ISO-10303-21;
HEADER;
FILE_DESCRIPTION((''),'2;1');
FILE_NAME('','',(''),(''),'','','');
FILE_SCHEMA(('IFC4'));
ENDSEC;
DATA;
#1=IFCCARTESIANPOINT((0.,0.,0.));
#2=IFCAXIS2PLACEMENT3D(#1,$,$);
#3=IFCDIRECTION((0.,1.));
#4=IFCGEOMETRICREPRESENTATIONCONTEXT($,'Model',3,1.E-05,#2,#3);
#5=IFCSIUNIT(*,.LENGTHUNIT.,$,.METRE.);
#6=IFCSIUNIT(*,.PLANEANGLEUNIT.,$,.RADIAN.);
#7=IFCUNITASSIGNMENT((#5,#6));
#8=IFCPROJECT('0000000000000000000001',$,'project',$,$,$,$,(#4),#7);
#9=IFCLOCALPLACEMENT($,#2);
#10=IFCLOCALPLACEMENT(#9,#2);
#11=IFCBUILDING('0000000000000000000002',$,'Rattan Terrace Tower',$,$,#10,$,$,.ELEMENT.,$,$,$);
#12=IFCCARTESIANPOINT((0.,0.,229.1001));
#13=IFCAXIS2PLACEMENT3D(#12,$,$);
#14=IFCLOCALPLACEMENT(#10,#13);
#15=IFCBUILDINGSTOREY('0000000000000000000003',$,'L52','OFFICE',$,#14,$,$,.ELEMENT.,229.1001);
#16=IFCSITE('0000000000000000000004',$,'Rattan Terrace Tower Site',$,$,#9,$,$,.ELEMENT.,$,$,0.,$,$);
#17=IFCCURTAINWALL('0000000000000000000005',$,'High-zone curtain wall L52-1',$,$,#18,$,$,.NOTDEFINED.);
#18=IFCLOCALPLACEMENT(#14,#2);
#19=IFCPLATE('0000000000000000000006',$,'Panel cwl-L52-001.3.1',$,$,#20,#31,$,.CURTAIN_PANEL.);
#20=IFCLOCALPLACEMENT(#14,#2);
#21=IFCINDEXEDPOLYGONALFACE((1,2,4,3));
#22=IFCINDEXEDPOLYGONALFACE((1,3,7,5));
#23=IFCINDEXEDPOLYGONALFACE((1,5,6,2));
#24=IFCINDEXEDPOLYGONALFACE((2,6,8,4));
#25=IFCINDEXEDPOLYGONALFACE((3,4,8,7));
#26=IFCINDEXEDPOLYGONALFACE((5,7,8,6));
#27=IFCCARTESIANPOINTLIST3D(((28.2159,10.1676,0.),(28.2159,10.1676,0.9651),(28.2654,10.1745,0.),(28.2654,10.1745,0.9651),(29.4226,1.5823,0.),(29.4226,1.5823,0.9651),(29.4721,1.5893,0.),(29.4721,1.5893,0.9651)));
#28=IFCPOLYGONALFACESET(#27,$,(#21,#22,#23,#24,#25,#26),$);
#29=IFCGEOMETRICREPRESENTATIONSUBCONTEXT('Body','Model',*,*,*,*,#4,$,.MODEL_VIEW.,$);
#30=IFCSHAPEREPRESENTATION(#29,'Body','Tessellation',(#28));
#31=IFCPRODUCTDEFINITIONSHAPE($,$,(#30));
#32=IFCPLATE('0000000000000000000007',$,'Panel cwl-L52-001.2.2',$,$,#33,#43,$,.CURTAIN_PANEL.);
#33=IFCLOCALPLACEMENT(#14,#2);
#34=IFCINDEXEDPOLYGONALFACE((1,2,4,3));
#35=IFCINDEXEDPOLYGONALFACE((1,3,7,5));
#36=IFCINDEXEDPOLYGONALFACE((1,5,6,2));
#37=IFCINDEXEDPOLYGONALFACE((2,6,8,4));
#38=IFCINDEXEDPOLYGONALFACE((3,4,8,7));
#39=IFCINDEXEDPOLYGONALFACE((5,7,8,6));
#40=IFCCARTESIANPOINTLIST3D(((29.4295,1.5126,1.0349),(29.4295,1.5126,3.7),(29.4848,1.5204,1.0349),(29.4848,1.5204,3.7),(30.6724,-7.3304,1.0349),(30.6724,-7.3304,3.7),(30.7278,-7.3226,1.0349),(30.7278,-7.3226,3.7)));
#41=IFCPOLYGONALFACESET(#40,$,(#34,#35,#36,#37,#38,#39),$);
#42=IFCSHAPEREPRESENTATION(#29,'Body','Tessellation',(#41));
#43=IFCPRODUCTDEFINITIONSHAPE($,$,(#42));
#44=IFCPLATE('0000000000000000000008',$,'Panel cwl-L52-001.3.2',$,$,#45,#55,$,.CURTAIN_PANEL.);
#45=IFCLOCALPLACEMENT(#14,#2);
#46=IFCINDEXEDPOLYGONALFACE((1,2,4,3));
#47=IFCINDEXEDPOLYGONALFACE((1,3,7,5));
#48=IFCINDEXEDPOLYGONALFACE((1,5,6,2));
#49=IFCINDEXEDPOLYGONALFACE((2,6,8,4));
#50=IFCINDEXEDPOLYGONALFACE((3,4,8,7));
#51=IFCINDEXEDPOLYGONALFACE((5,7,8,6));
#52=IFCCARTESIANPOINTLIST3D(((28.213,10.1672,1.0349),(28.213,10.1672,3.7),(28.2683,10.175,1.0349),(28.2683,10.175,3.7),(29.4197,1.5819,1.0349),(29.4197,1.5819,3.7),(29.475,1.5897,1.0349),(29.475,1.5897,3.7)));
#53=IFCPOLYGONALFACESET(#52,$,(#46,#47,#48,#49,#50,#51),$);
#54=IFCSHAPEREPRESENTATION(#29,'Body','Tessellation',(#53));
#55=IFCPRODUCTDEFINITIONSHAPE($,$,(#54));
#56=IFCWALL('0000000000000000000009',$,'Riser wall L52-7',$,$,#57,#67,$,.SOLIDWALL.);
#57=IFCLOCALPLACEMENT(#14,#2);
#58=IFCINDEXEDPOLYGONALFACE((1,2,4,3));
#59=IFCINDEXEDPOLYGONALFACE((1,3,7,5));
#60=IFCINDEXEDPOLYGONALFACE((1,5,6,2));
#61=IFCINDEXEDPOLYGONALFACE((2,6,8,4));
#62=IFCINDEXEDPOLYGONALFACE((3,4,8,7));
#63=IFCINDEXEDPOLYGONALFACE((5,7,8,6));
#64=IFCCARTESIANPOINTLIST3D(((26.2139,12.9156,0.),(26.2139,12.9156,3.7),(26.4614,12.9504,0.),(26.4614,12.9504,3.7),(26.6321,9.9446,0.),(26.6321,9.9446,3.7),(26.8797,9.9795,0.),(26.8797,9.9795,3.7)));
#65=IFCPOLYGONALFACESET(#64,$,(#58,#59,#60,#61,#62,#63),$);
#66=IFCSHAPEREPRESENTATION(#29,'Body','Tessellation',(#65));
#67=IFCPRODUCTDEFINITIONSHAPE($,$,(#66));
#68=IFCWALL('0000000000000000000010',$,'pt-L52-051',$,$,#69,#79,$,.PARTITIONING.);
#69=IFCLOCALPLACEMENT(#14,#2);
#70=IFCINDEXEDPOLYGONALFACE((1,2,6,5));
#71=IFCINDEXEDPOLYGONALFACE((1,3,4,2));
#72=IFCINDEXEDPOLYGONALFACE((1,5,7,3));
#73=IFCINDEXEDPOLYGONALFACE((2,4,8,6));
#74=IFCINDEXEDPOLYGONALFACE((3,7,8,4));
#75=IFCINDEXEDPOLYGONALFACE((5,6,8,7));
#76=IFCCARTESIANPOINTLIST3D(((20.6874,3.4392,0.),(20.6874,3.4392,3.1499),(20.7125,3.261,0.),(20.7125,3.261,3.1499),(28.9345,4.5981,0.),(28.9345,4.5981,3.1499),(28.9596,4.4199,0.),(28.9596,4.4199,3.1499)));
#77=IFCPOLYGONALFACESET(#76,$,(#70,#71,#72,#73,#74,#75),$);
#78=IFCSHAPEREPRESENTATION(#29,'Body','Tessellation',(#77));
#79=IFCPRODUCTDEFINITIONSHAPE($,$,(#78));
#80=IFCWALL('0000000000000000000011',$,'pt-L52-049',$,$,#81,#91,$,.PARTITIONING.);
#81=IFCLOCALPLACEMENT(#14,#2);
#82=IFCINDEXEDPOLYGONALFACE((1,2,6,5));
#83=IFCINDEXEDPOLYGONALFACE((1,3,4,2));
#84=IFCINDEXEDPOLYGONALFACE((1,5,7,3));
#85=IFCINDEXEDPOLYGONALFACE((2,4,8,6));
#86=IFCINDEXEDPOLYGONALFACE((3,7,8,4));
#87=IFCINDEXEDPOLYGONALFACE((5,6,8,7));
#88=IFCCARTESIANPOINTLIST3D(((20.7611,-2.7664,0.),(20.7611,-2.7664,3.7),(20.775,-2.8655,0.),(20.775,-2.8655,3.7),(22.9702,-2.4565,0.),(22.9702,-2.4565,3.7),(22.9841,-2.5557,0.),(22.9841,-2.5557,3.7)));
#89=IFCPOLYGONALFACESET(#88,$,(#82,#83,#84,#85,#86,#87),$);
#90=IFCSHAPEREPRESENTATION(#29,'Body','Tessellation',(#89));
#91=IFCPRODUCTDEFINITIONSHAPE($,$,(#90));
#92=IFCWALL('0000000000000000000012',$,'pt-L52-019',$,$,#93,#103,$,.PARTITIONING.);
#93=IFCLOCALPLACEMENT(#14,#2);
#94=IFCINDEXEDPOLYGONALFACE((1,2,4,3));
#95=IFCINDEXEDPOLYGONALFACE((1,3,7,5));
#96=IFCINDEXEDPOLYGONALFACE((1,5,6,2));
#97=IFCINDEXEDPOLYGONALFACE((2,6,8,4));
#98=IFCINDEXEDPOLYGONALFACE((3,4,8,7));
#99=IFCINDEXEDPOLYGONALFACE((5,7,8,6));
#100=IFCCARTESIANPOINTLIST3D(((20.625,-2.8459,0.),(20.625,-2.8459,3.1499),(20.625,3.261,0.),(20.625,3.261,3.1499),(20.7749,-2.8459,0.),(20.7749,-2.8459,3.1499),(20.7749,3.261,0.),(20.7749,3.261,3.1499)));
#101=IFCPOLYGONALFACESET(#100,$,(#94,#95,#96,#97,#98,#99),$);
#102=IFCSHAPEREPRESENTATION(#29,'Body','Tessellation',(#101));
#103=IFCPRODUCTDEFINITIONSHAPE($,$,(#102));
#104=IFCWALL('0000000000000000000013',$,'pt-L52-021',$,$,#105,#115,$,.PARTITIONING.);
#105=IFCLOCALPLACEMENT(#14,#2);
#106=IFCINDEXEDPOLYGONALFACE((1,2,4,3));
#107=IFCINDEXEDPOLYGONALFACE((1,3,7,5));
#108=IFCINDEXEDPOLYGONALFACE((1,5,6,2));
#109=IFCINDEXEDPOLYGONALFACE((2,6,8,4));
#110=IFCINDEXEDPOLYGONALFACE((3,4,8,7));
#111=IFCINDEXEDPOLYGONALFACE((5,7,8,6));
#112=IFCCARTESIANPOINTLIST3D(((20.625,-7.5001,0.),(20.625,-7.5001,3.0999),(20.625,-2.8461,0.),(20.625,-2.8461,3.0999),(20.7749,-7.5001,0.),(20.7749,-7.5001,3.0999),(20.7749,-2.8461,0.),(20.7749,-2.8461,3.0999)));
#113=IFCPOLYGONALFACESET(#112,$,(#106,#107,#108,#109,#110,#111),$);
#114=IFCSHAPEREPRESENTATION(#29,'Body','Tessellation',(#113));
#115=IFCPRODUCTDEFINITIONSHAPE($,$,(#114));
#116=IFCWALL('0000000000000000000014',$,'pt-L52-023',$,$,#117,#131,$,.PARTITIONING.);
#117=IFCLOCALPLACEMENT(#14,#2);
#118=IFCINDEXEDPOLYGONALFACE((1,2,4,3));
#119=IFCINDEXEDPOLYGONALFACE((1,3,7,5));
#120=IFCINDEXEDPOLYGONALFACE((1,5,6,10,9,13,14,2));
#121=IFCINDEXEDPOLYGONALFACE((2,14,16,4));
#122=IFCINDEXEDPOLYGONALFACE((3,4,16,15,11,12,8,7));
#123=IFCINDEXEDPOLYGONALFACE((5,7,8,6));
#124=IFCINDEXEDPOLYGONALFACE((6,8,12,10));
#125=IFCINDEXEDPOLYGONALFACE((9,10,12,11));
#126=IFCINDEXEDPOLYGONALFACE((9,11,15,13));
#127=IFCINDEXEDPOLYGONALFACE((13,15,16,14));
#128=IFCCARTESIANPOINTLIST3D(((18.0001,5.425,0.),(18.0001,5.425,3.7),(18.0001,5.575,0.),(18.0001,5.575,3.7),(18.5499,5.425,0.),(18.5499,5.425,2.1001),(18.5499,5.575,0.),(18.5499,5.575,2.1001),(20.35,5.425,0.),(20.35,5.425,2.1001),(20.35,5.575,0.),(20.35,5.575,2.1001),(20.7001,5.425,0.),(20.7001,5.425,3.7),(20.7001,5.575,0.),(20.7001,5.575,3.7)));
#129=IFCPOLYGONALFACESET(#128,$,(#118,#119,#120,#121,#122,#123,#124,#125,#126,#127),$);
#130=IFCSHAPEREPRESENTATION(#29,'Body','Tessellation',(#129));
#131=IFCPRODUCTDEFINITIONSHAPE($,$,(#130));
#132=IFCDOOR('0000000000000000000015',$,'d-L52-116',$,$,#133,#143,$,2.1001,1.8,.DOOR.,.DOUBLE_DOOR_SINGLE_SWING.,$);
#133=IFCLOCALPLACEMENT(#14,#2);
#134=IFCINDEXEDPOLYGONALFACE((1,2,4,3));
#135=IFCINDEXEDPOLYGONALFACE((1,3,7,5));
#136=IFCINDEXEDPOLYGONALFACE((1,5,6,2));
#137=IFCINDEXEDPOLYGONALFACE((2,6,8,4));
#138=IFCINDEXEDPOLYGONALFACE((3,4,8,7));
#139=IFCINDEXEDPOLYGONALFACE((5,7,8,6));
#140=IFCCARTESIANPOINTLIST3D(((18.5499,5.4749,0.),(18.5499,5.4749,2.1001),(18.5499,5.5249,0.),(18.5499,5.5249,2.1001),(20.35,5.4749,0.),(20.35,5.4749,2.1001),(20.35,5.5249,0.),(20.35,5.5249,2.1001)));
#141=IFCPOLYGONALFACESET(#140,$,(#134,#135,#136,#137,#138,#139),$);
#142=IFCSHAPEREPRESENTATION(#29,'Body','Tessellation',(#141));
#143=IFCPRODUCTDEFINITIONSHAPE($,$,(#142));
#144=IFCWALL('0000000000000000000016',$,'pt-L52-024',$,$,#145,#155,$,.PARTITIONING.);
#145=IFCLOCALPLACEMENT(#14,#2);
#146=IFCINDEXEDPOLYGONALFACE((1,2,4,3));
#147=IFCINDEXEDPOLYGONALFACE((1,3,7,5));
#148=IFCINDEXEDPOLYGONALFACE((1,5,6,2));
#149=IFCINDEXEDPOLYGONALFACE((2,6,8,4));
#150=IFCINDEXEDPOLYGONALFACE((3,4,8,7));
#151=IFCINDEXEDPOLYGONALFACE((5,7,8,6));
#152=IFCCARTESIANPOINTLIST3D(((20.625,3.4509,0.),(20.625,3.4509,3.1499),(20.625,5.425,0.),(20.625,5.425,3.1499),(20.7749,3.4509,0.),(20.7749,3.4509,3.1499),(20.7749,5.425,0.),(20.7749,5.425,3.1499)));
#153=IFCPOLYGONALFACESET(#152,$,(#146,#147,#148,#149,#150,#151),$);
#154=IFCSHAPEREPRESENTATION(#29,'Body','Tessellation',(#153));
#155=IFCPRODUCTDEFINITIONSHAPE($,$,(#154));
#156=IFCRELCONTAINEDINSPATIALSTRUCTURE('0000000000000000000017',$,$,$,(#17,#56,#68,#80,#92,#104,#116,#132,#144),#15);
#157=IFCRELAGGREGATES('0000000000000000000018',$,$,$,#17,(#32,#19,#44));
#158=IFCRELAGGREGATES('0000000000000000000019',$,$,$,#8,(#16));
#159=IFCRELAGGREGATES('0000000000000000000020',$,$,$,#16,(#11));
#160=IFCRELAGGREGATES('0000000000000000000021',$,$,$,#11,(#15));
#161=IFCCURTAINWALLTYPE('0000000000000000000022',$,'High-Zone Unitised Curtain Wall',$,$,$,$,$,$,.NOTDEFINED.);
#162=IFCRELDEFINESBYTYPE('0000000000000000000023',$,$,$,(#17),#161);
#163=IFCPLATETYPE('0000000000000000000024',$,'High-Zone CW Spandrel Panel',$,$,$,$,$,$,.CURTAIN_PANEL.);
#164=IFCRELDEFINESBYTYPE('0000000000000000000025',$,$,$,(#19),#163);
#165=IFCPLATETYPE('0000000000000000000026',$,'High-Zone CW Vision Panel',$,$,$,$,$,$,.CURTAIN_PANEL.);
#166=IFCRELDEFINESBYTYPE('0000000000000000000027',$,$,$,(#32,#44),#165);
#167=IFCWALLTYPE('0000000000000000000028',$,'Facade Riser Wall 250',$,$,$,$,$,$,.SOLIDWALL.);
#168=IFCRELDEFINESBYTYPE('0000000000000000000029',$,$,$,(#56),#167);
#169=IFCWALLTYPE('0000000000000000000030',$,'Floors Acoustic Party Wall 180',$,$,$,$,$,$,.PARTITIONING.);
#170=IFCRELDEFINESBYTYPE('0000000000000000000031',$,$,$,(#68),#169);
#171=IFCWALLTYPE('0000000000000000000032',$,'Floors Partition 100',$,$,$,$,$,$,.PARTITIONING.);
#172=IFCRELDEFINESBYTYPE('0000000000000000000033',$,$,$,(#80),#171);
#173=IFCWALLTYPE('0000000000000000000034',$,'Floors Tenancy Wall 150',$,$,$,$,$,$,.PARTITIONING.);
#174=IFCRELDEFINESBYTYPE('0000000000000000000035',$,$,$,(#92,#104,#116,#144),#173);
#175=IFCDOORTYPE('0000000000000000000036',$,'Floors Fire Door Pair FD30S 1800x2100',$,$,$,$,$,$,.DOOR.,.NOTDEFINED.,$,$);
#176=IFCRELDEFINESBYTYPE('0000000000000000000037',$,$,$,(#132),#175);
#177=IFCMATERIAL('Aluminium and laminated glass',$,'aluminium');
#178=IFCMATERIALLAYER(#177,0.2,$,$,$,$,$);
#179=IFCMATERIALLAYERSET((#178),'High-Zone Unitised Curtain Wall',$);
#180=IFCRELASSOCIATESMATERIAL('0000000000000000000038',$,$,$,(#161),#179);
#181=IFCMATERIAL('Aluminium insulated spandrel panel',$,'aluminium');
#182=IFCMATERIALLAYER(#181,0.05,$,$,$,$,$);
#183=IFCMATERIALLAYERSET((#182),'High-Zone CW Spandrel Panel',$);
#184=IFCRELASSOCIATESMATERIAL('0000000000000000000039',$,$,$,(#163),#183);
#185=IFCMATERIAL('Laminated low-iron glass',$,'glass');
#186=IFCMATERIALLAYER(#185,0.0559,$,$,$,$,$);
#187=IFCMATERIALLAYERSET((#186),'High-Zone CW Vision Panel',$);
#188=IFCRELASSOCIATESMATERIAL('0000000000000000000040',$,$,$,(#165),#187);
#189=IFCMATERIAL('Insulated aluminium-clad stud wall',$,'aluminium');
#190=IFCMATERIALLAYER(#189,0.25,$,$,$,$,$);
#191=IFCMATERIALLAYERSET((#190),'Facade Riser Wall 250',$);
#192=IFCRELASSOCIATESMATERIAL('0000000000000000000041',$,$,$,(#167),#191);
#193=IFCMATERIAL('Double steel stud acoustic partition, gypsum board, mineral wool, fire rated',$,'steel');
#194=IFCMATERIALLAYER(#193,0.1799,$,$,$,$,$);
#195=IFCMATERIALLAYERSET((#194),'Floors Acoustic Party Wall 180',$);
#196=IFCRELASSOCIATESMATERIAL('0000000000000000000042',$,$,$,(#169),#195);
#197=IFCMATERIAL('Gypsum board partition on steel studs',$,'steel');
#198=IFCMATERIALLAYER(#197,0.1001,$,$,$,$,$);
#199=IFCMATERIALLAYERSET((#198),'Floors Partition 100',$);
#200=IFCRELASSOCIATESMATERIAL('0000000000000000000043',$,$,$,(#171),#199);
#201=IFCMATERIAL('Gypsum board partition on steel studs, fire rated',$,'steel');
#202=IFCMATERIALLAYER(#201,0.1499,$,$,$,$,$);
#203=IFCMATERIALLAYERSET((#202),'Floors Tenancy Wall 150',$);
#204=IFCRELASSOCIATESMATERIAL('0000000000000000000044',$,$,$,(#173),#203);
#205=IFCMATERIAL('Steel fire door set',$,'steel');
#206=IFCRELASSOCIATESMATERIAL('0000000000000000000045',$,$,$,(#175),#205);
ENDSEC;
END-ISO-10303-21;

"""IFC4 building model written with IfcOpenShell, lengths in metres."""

from ifc_helpers import new_model, si_unit, direction, frame, frame_2d, origin, origin_2d, place, context, subcontext, project, spatial, rectangle, extrude, material, layer, layer_set, type_object, element, fill, aggregate, save


model = new_model("IFC4")

# Units and contexts
model_context = context("Model", 3, precision=1e-05, world=origin(), true_north=direction((0.0, 1.0)))
body_context = subcontext(model_context, "Body", "Model", "MODEL_VIEW")
ifc_project = project(units=[si_unit("LENGTHUNIT", "METRE"), si_unit("PLANEANGLEUNIT", "RADIAN")], contexts=[model_context])

# Site, building, storey
site_placement = place(None, origin())
site = spatial("IfcSite", under=ifc_project, at=site_placement, Name="Rattan Terrace Tower Site", CompositionType="ELEMENT", RefElevation=0.0)
building_placement = place(site_placement, origin())
building = spatial("IfcBuilding", under=site, at=building_placement, Name="Rattan Terrace Tower", CompositionType="ELEMENT")
storey_placement = place(building_placement, frame((0.0, 0.0, 229.1001)))
storey = spatial("IfcBuildingStorey", under=building, at=storey_placement, Name="L52", Description="OFFICE", CompositionType="ELEMENT", Elevation=229.1001)

# Curtain wall, plates
ifc_material_1 = material(Name="Aluminium and laminated glass", Category="aluminium")
ifc_layer_1 = layer(ifc_material_1, 0.2)
ifc_layer_set_1 = layer_set([ifc_layer_1], Name="High-Zone Unitised Curtain Wall")
curtain_wall_type = type_object("IfcCurtainWallType", Name="High-Zone Unitised Curtain Wall", PredefinedType="NOTDEFINED", material=ifc_layer_set_1)
curtain_wall_placement = place(storey_placement, origin())
curtain_wall = element("IfcCurtainWall", 1, at=curtain_wall_placement, inside=storey, type_object=curtain_wall_type, Name="High-zone curtain wall L52-1", PredefinedType="NOTDEFINED")
ifc_material_2 = material(Name="Aluminium insulated spandrel panel", Category="aluminium")
ifc_layer_2 = layer(ifc_material_2, 0.05)
ifc_layer_set_2 = layer_set([ifc_layer_2], Name="High-Zone CW Spandrel Panel")
plate_type_1 = type_object("IfcPlateType", Name="High-Zone CW Spandrel Panel", PredefinedType="CURTAIN_PANEL", material=ifc_layer_set_2)
plate_1_placement = place(storey_placement, frame((28.844, 5.8784, 0.0), z_axis=(0.0, 0.0, 1.0), x_axis=(-0.139186, 0.990266, 0.0)))
plate_1 = element("IfcPlate", 2, at=plate_1_placement, type_object=plate_type_1, Name="Panel cwl-L52-001.3.1", PredefinedType="CURTAIN_PANEL", context=body_context, shape_type="SweptSolid", body=[
    extrude(rectangle(XDim=8.6697, YDim=0.05, at=origin_2d()), origin(), (0.0, 0.0, 1.0), 0.9651),
])
ifc_material_3 = material(Name="Laminated low-iron glass", Category="glass")
ifc_layer_3 = layer(ifc_material_3, 0.0559)
ifc_layer_set_3 = layer_set([ifc_layer_3], Name="High-Zone CW Vision Panel")
plate_type_2 = type_object("IfcPlateType", Name="High-Zone CW Vision Panel", PredefinedType="CURTAIN_PANEL", material=ifc_layer_set_3)
plate_2_placement = place(storey_placement, frame((30.0786, -2.905, 1.0349), z_axis=(0.0, 0.0, 1.0), x_axis=(-0.139186, 0.990266, 0.0)))
plate_2 = element("IfcPlate", 3, at=plate_2_placement, type_object=plate_type_2, Name="Panel cwl-L52-001.2.2", PredefinedType="CURTAIN_PANEL", context=body_context, shape_type="SweptSolid", body=[
    extrude(rectangle(XDim=8.9299, YDim=0.0559, at=origin_2d()), origin(), (0.0, 0.0, 1.0), 2.665),
])
plate_3_placement = place(storey_placement, frame((28.844, 5.8784, 1.0349), z_axis=(0.0, 0.0, 1.0), x_axis=(-0.139186, 0.990266, 0.0)))
plate_3 = element("IfcPlate", 4, at=plate_3_placement, type_object=plate_type_2, Name="Panel cwl-L52-001.3.2", PredefinedType="CURTAIN_PANEL", context=body_context, shape_type="SweptSolid", body=[
    extrude(rectangle(XDim=8.6697, YDim=0.0559, at=origin_2d()), origin(), (0.0, 0.0, 1.0), 2.665),
])
aggregate(curtain_wall, [plate_2, plate_1, plate_3])

# Walls
ifc_material_4 = material(Name="Insulated aluminium-clad stud wall", Category="aluminium")
ifc_layer_4 = layer(ifc_material_4, 0.25)
ifc_layer_set_4 = layer_set([ifc_layer_4], Name="Facade Riser Wall 250")
wall_type_1 = type_object("IfcWallType", Name="Facade Riser Wall 250", PredefinedType="SOLIDWALL", material=ifc_layer_set_4)
wall_1_placement = place(storey_placement, frame((26.7559, 9.9622, 0.0), z_axis=(0.0, 0.0, 1.0), x_axis=(-0.139393, 0.990237, 0.0)))
element("IfcWall", 5, at=wall_1_placement, inside=storey, type_object=wall_type_1, Name="Riser wall L52-7", PredefinedType="SOLIDWALL", context=body_context, shape_type="SweptSolid", body=[
    extrude(rectangle(XDim=3.0002, YDim=0.25, at=frame_2d((1.5, 0.0))), origin(), (0.0, 0.0, 1.0), 3.7),
])
ifc_material_5 = material(Name="Double steel stud acoustic partition, gypsum board, mineral wool, fire rated", Category="steel")
ifc_layer_5 = layer(ifc_material_5, 0.1799)
ifc_layer_set_5 = layer_set([ifc_layer_5], Name="Floors Acoustic Party Wall 180")
wall_type_2 = type_object("IfcWallType", Name="Floors Acoustic Party Wall 180", PredefinedType="PARTITIONING", material=ifc_layer_set_5)
wall_2_placement = place(storey_placement, frame((20.7, 3.3501, 0.0), z_axis=(0.0, 0.0, 1.0), x_axis=(0.99027, 0.13916, 0.0)))
element("IfcWall", 6, at=wall_2_placement, inside=storey, type_object=wall_type_2, Name="pt-L52-051", PredefinedType="PARTITIONING", context=body_context, shape_type="SweptSolid", body=[
    extrude(rectangle(XDim=8.3281, YDim=0.1799, at=frame_2d((4.1641, 0.0))), origin(), (0.0, 0.0, 1.0), 3.1499),
])
ifc_material_6 = material(Name="Gypsum board partition on steel studs", Category="steel")
ifc_layer_6 = layer(ifc_material_6, 0.1001)
ifc_layer_set_6 = layer_set([ifc_layer_6], Name="Floors Partition 100")
wall_type_3 = type_object("IfcWallType", Name="Floors Partition 100", PredefinedType="PARTITIONING", material=ifc_layer_set_6)
wall_3_placement = place(storey_placement, frame((22.9771, -2.5061, 0.0), z_axis=(0.0, 0.0, 1.0), x_axis=(-0.990307, -0.138893, 0.0)))
element("IfcWall", 7, at=wall_3_placement, inside=storey, type_object=wall_type_3, Name="pt-L52-049", PredefinedType="PARTITIONING", context=body_context, shape_type="SweptSolid", body=[
    extrude(rectangle(XDim=2.2307, YDim=0.1001, at=frame_2d((1.1152, 0.0))), origin(), (0.0, 0.0, 1.0), 3.7),
])
ifc_material_7 = material(Name="Gypsum board partition on steel studs, fire rated", Category="steel")
ifc_layer_7 = layer(ifc_material_7, 0.1499)
ifc_layer_set_7 = layer_set([ifc_layer_7], Name="Floors Tenancy Wall 150")
wall_type_4 = type_object("IfcWallType", Name="Floors Tenancy Wall 150", PredefinedType="PARTITIONING", material=ifc_layer_set_7)
wall_4_placement = place(storey_placement, frame((20.7, 3.261, 0.0), z_axis=(0.0, 0.0, 1.0), x_axis=(0.0, -1.0, 0.0)))
element("IfcWall", 8, at=wall_4_placement, inside=storey, type_object=wall_type_4, Name="pt-L52-019", PredefinedType="PARTITIONING", context=body_context, shape_type="SweptSolid", body=[
    extrude(rectangle(XDim=6.1069, YDim=0.1499, at=frame_2d((3.0535, 0.0))), origin(), (0.0, 0.0, 1.0), 3.1499),
])
wall_5_placement = place(storey_placement, frame((20.7, -2.8459, 0.0), z_axis=(0.0, 0.0, 1.0), x_axis=(0.0, -1.0, 0.0)))
element("IfcWall", 9, at=wall_5_placement, inside=storey, type_object=wall_type_4, Name="pt-L52-021", PredefinedType="PARTITIONING", context=body_context, shape_type="SweptSolid", body=[
    extrude(rectangle(XDim=4.6541, YDim=0.1499, at=frame_2d((2.3271, 0.0))), origin(), (0.0, 0.0, 1.0), 3.0999),
])

# Wall, opening, door
wall_6_placement = place(storey_placement, frame((18.0, 5.5, 0.0), z_axis=(0.0, 0.0, 1.0), x_axis=(1.0, 0.0, 0.0)))
wall_6 = element("IfcWall", 10, at=wall_6_placement, inside=storey, type_object=wall_type_4, Name="pt-L52-023", PredefinedType="PARTITIONING", context=body_context, shape_type="SweptSolid", body=[
    extrude(rectangle(XDim=2.7, YDim=0.1499, at=frame_2d((1.3501, 0.0))), origin(), (0.0, 0.0, 1.0), 3.7),
])
opening_placement = place(wall_6_placement, frame((0.55, 0.0, 0.0)))
opening = element("IfcOpeningElement", 11, at=opening_placement, cuts=wall_6, PredefinedType="OPENING", context=body_context, shape_type="SweptSolid", body=[
    extrude(rectangle(XDim=1.8, YDim=2.1001, at=frame_2d((0.8999, 1.05))), frame((0.0, 0.0854, 0.0), z_axis=(0.0, -1.0, 0.0), x_axis=(1.0, 0.0, 0.0)), (0.0, 0.0, 1.0), 0.1709),
])
ifc_material_8 = material(Name="Steel fire door set", Category="steel")
door_type = type_object("IfcDoorType", Name="Floors Fire Door Pair FD30S 1800x2100", OperationType="NOTDEFINED", PredefinedType="DOOR", material=ifc_material_8)
door_placement = place(opening_placement, origin())
door = element("IfcDoor", 12, at=door_placement, inside=storey, type_object=door_type, Name="d-L52-116", OperationType="DOUBLE_DOOR_SINGLE_SWING", OverallHeight=2.1001, OverallWidth=1.8, PredefinedType="DOOR", context=body_context, shape_type="SweptSolid", body=[
    extrude(rectangle(XDim=1.8, YDim=2.1001, at=frame_2d((0.8999, 1.05))), frame((0.0, 0.0249, 0.0), z_axis=(0.0, -1.0, 0.0), x_axis=(1.0, 0.0, 0.0)), (0.0, 0.0, 1.0), 0.05),
])
fill(opening, door)

# Wall
wall_7_placement = place(storey_placement, frame((20.7, 5.425, 0.0), z_axis=(0.0, 0.0, 1.0), x_axis=(0.0, -1.0, 0.0)))
element("IfcWall", 13, at=wall_7_placement, inside=storey, type_object=wall_type_4, Name="pt-L52-024", PredefinedType="PARTITIONING", context=body_context, shape_type="SweptSolid", body=[
    extrude(rectangle(XDim=1.9741, YDim=0.1499, at=frame_2d((0.9871, 0.0))), origin(), (0.0, 0.0, 1.0), 3.1499),
])

save(model, "model.ifc")
